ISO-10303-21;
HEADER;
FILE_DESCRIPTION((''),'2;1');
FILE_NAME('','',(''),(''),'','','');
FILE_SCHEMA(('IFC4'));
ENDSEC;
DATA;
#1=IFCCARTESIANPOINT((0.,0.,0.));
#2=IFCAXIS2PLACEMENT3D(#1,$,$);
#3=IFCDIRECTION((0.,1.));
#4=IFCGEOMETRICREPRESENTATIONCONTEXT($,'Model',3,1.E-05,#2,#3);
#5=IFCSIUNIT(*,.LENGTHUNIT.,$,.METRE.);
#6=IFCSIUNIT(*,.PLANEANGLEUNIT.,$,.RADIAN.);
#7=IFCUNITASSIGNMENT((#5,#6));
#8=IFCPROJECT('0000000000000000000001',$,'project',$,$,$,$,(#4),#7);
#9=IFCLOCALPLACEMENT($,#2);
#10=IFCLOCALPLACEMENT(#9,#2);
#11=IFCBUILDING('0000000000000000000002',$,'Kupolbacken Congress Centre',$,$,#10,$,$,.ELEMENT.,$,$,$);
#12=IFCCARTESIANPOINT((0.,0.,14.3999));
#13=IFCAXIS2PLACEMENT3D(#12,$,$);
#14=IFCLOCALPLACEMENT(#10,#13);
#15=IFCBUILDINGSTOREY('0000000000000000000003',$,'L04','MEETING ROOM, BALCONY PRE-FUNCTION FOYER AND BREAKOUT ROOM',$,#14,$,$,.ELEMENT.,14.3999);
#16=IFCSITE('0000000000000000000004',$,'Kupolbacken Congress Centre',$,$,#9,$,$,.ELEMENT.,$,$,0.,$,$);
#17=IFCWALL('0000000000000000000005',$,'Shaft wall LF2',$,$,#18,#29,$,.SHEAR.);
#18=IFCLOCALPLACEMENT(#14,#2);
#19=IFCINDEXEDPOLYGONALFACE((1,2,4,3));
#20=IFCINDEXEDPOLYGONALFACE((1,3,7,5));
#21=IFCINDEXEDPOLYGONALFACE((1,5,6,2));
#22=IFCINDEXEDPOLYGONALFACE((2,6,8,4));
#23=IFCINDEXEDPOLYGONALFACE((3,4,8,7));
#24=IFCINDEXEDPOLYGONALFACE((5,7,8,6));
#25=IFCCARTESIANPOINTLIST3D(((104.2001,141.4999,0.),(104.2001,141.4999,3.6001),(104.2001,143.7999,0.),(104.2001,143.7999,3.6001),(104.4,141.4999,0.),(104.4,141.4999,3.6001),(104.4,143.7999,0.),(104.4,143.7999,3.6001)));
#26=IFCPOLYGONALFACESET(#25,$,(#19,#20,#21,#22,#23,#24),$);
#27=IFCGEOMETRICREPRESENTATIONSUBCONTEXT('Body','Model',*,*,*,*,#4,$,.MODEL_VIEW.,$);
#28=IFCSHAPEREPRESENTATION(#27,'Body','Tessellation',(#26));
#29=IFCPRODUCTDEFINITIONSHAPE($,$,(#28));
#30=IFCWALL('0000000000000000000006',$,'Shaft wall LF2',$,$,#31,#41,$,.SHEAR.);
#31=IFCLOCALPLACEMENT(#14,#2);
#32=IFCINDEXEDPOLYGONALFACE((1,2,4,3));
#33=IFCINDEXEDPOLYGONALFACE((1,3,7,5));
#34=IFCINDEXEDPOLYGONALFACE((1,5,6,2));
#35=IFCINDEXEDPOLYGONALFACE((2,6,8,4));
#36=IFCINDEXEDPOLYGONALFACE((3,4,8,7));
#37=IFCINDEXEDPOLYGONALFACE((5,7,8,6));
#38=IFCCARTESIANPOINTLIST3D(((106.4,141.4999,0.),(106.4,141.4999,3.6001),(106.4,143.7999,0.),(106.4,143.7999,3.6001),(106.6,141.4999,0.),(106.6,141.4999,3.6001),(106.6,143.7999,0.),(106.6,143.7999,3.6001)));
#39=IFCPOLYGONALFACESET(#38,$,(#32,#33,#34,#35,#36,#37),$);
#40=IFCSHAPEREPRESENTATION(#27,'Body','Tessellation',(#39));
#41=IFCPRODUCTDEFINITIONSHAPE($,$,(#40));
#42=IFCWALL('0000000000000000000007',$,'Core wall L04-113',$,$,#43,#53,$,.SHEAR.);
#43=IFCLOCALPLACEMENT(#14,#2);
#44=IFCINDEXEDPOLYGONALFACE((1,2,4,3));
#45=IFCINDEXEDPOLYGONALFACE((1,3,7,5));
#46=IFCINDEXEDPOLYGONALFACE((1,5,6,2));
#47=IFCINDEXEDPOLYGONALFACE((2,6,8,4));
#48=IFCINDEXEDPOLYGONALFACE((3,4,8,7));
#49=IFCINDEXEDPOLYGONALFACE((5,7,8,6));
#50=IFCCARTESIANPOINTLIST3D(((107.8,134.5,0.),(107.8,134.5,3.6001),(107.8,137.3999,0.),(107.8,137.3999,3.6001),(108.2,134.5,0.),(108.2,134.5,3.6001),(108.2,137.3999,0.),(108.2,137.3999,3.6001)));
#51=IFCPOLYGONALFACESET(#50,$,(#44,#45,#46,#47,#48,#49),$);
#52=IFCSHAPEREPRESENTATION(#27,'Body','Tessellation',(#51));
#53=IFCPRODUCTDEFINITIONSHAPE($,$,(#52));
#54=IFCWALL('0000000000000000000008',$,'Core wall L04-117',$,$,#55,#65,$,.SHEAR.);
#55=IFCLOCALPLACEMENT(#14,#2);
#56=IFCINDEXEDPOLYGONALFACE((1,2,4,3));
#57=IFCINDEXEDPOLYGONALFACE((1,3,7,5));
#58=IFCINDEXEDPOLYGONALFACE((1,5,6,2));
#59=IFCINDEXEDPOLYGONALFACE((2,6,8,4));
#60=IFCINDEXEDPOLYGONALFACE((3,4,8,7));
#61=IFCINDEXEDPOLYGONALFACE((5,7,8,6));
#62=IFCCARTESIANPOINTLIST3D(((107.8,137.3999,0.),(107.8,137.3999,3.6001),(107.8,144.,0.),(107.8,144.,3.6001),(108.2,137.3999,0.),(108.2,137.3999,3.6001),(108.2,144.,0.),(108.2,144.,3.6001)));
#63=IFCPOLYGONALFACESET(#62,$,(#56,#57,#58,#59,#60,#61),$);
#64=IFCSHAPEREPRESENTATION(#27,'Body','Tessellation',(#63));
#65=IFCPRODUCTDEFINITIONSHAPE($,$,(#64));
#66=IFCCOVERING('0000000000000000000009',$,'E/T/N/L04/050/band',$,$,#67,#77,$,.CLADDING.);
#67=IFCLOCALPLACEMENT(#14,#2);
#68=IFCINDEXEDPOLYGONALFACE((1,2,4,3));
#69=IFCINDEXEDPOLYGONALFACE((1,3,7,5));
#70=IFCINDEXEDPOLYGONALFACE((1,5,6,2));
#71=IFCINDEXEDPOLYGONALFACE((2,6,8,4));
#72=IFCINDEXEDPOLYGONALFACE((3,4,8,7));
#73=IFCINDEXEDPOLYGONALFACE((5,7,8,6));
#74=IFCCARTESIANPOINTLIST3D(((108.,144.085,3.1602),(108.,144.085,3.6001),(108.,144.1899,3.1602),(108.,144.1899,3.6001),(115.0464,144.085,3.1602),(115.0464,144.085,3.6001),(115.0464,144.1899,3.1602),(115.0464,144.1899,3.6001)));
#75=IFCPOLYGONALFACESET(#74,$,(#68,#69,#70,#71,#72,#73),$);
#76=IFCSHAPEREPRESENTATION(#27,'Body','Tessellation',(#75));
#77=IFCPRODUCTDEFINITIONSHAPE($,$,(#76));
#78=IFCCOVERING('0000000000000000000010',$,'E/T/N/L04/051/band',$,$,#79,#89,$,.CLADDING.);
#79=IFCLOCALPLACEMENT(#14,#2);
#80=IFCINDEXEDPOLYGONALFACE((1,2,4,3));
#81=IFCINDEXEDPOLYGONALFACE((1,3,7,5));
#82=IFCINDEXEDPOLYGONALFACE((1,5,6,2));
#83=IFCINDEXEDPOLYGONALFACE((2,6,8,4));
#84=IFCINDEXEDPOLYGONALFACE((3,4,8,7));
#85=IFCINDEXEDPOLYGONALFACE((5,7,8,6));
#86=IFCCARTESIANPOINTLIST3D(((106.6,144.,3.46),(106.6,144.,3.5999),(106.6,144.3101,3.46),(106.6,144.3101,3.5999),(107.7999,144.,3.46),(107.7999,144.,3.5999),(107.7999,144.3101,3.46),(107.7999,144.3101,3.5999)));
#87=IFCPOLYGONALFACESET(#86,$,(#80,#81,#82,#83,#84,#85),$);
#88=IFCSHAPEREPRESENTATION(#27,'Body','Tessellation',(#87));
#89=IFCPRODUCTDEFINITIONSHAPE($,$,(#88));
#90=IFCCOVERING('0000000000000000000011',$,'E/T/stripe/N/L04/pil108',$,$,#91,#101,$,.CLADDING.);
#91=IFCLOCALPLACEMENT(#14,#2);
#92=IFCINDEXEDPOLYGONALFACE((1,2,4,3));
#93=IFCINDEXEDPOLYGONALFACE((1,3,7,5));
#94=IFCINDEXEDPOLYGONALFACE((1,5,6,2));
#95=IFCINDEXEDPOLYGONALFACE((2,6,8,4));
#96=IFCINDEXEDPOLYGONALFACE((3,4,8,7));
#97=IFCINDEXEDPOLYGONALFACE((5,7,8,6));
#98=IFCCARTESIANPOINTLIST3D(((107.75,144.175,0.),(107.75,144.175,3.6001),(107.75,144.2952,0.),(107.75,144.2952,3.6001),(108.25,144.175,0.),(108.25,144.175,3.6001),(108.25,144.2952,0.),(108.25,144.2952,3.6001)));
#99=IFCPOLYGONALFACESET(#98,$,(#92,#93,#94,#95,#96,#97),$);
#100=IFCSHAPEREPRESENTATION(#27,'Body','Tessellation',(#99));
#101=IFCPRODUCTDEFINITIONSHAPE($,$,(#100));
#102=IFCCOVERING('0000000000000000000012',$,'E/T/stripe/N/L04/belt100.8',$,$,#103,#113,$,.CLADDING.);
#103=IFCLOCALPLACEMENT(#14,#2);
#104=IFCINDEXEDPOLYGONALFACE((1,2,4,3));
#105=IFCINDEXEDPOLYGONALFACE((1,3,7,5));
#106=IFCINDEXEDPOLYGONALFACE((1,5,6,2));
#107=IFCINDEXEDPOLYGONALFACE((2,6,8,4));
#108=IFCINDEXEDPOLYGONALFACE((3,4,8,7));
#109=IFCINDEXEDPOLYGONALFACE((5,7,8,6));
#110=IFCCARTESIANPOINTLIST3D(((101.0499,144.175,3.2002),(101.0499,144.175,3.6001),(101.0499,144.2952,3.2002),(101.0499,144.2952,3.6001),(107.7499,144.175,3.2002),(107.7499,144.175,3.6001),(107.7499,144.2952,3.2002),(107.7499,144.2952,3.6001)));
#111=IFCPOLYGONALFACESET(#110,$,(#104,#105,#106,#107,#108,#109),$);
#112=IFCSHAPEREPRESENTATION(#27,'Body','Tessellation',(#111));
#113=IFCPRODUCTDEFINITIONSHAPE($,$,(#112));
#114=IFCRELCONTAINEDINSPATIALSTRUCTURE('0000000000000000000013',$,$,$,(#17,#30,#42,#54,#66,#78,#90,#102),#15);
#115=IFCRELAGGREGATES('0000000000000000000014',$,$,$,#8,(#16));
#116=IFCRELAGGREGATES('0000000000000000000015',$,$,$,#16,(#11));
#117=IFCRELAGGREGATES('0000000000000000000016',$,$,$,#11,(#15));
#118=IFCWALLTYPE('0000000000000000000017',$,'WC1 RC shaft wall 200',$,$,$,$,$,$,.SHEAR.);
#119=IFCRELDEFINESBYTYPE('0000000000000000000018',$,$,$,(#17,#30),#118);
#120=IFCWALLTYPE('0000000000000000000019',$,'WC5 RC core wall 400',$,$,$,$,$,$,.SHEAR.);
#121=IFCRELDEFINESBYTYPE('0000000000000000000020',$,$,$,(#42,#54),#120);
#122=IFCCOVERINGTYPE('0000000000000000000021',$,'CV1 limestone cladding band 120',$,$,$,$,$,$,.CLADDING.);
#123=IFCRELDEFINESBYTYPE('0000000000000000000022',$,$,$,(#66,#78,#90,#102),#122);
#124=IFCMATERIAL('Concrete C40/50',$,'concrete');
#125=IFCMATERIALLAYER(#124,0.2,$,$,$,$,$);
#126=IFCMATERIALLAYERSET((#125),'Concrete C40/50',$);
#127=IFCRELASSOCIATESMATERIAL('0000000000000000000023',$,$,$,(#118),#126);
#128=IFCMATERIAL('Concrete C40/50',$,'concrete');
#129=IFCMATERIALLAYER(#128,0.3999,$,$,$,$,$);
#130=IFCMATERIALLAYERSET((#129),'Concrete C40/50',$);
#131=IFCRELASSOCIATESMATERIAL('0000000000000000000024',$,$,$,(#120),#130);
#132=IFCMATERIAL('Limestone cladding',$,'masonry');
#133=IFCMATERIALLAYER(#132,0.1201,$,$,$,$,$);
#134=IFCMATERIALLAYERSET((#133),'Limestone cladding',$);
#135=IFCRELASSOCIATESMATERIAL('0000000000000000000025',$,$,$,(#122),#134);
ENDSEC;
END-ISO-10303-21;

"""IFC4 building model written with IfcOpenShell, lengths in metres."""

from ifc_helpers import new_model, si_unit, direction, frame, frame_2d, origin, origin_2d, place, context, subcontext, project, spatial, rectangle, extrude, material, layer, layer_set, type_object, element, save


model = new_model("IFC4")

# Units and contexts
model_context = context("Model", 3, precision=1e-05, world=origin(), true_north=direction((0.0, 1.0)))
body_context = subcontext(model_context, "Body", "Model", "MODEL_VIEW")
ifc_project = project(units=[si_unit("LENGTHUNIT", "METRE"), si_unit("PLANEANGLEUNIT", "RADIAN")], contexts=[model_context])

# Site, building, storey
site_placement = place(None, origin())
site = spatial("IfcSite", under=ifc_project, at=site_placement, Name="Kupolbacken Congress Centre", CompositionType="ELEMENT", RefElevation=0.0)
building_placement = place(site_placement, origin())
building = spatial("IfcBuilding", under=site, at=building_placement, Name="Kupolbacken Congress Centre", CompositionType="ELEMENT")
storey_placement = place(building_placement, frame((0.0, 0.0, 14.3999)))
storey = spatial("IfcBuildingStorey", under=building, at=storey_placement, Name="L04", Description="MEETING ROOM, BALCONY PRE-FUNCTION FOYER AND BREAKOUT ROOM", CompositionType="ELEMENT", Elevation=14.3999)

# Shared definitions
ifc_material_1 = material(Name="Concrete C40/50", Category="concrete")
ifc_layer_1 = layer(ifc_material_1, 0.2)
ifc_layer_set_1 = layer_set([ifc_layer_1], Name="Concrete C40/50")
wall_type_1 = type_object("IfcWallType", Name="WC1 RC shaft wall 200", PredefinedType="SHEAR", material=ifc_layer_set_1)

# Walls
for number, where, z_axis, x_axis, name in (
    (1, (104.3, 141.5, 0.0), (0.0, 0.0, 1.0), (0.0, 1.0, 0.0), "Shaft wall LF2"),
    (2, (106.5, 141.5, 0.0), (0.0, 0.0, 1.0), (0.0, 1.0, 0.0), "Shaft wall LF2"),
):
    element("IfcWall", number, at=place(storey_placement, frame(where, z_axis=z_axis, x_axis=x_axis)), inside=storey, type_object=wall_type_1, Name=name, PredefinedType="SHEAR", context=body_context, shape_type="SweptSolid", body=[
        extrude(rectangle(XDim=2.3, YDim=0.2, at=frame_2d((1.1499, 0.0))), origin(), (0.0, 0.0, 1.0), 3.6001),
    ])
ifc_material_2 = material(Name="Concrete C40/50", Category="concrete")
ifc_layer_2 = layer(ifc_material_2, 0.3999)
ifc_layer_set_2 = layer_set([ifc_layer_2], Name="Concrete C40/50")
wall_type_2 = type_object("IfcWallType", Name="WC5 RC core wall 400", PredefinedType="SHEAR", material=ifc_layer_set_2)
wall_1_placement = place(storey_placement, frame((108.0, 134.5, 0.0), z_axis=(0.0, 0.0, 1.0), x_axis=(0.0, 1.0, 0.0)))
element("IfcWall", 3, at=wall_1_placement, inside=storey, type_object=wall_type_2, Name="Core wall L04-113", PredefinedType="SHEAR", context=body_context, shape_type="SweptSolid", body=[
    extrude(rectangle(XDim=2.8999, YDim=0.3999, at=frame_2d((1.45, 0.0))), origin(), (0.0, 0.0, 1.0), 3.6001),
])
wall_2_placement = place(storey_placement, frame((108.0, 137.3999, 0.0), z_axis=(0.0, 0.0, 1.0), x_axis=(0.0, 1.0, 0.0)))
element("IfcWall", 4, at=wall_2_placement, inside=storey, type_object=wall_type_2, Name="Core wall L04-117", PredefinedType="SHEAR", context=body_context, shape_type="SweptSolid", body=[
    extrude(rectangle(XDim=6.6001, YDim=0.3999, at=frame_2d((3.3, 0.0))), origin(), (0.0, 0.0, 1.0), 3.6001),
])

# Coverings
ifc_material_3 = material(Name="Limestone cladding", Category="masonry")
ifc_layer_3 = layer(ifc_material_3, 0.1201)
ifc_layer_set_3 = layer_set([ifc_layer_3], Name="Limestone cladding")
covering_type = type_object("IfcCoveringType", Name="CV1 limestone cladding band 120", PredefinedType="CLADDING", material=ifc_layer_set_3)
covering_1_placement = place(storey_placement, frame((111.5232, 144.1375, 3.1602), z_axis=(0.0, 0.0, 1.0), x_axis=(-1.0, 0.0, 0.0)))
element("IfcCovering", 5, at=covering_1_placement, inside=storey, type_object=covering_type, Name="E/T/N/L04/050/band", PredefinedType="CLADDING", context=body_context, shape_type="SweptSolid", body=[
    extrude(rectangle(XDim=7.0464, YDim=0.105, at=origin_2d()), origin(), (0.0, 0.0, 1.0), 0.4399),
])
covering_2_placement = place(storey_placement, frame((107.2, 144.155, 3.46), z_axis=(0.0, 0.0, 1.0), x_axis=(-1.0, 0.0, 0.0)))
element("IfcCovering", 6, at=covering_2_placement, inside=storey, type_object=covering_type, Name="E/T/N/L04/051/band", PredefinedType="CLADDING", context=body_context, shape_type="SweptSolid", body=[
    extrude(rectangle(XDim=1.2, YDim=0.3101, at=origin_2d()), origin(), (0.0, 0.0, 1.0), 0.1399),
])
covering_3_placement = place(storey_placement, frame((108.0, 144.2351, 0.0), z_axis=(0.0, 0.0, 1.0), x_axis=(1.0, 0.0, 0.0)))
element("IfcCovering", 7, at=covering_3_placement, inside=storey, type_object=covering_type, Name="E/T/stripe/N/L04/pil108", PredefinedType="CLADDING", context=body_context, shape_type="SweptSolid", body=[
    extrude(rectangle(XDim=0.5, YDim=0.1201, at=origin_2d()), origin(), (0.0, 0.0, 1.0), 3.6001),
])
covering_4_placement = place(storey_placement, frame((104.3999, 144.2351, 3.2002), z_axis=(0.0, 0.0, 1.0), x_axis=(1.0, 0.0, 0.0)))
element("IfcCovering", 8, at=covering_4_placement, inside=storey, type_object=covering_type, Name="E/T/stripe/N/L04/belt100.8", PredefinedType="CLADDING", context=body_context, shape_type="SweptSolid", body=[
    extrude(rectangle(XDim=6.7, YDim=0.1201, at=origin_2d()), origin(), (0.0, 0.0, 1.0), 0.3999),
])

save(model, "model.ifc")
